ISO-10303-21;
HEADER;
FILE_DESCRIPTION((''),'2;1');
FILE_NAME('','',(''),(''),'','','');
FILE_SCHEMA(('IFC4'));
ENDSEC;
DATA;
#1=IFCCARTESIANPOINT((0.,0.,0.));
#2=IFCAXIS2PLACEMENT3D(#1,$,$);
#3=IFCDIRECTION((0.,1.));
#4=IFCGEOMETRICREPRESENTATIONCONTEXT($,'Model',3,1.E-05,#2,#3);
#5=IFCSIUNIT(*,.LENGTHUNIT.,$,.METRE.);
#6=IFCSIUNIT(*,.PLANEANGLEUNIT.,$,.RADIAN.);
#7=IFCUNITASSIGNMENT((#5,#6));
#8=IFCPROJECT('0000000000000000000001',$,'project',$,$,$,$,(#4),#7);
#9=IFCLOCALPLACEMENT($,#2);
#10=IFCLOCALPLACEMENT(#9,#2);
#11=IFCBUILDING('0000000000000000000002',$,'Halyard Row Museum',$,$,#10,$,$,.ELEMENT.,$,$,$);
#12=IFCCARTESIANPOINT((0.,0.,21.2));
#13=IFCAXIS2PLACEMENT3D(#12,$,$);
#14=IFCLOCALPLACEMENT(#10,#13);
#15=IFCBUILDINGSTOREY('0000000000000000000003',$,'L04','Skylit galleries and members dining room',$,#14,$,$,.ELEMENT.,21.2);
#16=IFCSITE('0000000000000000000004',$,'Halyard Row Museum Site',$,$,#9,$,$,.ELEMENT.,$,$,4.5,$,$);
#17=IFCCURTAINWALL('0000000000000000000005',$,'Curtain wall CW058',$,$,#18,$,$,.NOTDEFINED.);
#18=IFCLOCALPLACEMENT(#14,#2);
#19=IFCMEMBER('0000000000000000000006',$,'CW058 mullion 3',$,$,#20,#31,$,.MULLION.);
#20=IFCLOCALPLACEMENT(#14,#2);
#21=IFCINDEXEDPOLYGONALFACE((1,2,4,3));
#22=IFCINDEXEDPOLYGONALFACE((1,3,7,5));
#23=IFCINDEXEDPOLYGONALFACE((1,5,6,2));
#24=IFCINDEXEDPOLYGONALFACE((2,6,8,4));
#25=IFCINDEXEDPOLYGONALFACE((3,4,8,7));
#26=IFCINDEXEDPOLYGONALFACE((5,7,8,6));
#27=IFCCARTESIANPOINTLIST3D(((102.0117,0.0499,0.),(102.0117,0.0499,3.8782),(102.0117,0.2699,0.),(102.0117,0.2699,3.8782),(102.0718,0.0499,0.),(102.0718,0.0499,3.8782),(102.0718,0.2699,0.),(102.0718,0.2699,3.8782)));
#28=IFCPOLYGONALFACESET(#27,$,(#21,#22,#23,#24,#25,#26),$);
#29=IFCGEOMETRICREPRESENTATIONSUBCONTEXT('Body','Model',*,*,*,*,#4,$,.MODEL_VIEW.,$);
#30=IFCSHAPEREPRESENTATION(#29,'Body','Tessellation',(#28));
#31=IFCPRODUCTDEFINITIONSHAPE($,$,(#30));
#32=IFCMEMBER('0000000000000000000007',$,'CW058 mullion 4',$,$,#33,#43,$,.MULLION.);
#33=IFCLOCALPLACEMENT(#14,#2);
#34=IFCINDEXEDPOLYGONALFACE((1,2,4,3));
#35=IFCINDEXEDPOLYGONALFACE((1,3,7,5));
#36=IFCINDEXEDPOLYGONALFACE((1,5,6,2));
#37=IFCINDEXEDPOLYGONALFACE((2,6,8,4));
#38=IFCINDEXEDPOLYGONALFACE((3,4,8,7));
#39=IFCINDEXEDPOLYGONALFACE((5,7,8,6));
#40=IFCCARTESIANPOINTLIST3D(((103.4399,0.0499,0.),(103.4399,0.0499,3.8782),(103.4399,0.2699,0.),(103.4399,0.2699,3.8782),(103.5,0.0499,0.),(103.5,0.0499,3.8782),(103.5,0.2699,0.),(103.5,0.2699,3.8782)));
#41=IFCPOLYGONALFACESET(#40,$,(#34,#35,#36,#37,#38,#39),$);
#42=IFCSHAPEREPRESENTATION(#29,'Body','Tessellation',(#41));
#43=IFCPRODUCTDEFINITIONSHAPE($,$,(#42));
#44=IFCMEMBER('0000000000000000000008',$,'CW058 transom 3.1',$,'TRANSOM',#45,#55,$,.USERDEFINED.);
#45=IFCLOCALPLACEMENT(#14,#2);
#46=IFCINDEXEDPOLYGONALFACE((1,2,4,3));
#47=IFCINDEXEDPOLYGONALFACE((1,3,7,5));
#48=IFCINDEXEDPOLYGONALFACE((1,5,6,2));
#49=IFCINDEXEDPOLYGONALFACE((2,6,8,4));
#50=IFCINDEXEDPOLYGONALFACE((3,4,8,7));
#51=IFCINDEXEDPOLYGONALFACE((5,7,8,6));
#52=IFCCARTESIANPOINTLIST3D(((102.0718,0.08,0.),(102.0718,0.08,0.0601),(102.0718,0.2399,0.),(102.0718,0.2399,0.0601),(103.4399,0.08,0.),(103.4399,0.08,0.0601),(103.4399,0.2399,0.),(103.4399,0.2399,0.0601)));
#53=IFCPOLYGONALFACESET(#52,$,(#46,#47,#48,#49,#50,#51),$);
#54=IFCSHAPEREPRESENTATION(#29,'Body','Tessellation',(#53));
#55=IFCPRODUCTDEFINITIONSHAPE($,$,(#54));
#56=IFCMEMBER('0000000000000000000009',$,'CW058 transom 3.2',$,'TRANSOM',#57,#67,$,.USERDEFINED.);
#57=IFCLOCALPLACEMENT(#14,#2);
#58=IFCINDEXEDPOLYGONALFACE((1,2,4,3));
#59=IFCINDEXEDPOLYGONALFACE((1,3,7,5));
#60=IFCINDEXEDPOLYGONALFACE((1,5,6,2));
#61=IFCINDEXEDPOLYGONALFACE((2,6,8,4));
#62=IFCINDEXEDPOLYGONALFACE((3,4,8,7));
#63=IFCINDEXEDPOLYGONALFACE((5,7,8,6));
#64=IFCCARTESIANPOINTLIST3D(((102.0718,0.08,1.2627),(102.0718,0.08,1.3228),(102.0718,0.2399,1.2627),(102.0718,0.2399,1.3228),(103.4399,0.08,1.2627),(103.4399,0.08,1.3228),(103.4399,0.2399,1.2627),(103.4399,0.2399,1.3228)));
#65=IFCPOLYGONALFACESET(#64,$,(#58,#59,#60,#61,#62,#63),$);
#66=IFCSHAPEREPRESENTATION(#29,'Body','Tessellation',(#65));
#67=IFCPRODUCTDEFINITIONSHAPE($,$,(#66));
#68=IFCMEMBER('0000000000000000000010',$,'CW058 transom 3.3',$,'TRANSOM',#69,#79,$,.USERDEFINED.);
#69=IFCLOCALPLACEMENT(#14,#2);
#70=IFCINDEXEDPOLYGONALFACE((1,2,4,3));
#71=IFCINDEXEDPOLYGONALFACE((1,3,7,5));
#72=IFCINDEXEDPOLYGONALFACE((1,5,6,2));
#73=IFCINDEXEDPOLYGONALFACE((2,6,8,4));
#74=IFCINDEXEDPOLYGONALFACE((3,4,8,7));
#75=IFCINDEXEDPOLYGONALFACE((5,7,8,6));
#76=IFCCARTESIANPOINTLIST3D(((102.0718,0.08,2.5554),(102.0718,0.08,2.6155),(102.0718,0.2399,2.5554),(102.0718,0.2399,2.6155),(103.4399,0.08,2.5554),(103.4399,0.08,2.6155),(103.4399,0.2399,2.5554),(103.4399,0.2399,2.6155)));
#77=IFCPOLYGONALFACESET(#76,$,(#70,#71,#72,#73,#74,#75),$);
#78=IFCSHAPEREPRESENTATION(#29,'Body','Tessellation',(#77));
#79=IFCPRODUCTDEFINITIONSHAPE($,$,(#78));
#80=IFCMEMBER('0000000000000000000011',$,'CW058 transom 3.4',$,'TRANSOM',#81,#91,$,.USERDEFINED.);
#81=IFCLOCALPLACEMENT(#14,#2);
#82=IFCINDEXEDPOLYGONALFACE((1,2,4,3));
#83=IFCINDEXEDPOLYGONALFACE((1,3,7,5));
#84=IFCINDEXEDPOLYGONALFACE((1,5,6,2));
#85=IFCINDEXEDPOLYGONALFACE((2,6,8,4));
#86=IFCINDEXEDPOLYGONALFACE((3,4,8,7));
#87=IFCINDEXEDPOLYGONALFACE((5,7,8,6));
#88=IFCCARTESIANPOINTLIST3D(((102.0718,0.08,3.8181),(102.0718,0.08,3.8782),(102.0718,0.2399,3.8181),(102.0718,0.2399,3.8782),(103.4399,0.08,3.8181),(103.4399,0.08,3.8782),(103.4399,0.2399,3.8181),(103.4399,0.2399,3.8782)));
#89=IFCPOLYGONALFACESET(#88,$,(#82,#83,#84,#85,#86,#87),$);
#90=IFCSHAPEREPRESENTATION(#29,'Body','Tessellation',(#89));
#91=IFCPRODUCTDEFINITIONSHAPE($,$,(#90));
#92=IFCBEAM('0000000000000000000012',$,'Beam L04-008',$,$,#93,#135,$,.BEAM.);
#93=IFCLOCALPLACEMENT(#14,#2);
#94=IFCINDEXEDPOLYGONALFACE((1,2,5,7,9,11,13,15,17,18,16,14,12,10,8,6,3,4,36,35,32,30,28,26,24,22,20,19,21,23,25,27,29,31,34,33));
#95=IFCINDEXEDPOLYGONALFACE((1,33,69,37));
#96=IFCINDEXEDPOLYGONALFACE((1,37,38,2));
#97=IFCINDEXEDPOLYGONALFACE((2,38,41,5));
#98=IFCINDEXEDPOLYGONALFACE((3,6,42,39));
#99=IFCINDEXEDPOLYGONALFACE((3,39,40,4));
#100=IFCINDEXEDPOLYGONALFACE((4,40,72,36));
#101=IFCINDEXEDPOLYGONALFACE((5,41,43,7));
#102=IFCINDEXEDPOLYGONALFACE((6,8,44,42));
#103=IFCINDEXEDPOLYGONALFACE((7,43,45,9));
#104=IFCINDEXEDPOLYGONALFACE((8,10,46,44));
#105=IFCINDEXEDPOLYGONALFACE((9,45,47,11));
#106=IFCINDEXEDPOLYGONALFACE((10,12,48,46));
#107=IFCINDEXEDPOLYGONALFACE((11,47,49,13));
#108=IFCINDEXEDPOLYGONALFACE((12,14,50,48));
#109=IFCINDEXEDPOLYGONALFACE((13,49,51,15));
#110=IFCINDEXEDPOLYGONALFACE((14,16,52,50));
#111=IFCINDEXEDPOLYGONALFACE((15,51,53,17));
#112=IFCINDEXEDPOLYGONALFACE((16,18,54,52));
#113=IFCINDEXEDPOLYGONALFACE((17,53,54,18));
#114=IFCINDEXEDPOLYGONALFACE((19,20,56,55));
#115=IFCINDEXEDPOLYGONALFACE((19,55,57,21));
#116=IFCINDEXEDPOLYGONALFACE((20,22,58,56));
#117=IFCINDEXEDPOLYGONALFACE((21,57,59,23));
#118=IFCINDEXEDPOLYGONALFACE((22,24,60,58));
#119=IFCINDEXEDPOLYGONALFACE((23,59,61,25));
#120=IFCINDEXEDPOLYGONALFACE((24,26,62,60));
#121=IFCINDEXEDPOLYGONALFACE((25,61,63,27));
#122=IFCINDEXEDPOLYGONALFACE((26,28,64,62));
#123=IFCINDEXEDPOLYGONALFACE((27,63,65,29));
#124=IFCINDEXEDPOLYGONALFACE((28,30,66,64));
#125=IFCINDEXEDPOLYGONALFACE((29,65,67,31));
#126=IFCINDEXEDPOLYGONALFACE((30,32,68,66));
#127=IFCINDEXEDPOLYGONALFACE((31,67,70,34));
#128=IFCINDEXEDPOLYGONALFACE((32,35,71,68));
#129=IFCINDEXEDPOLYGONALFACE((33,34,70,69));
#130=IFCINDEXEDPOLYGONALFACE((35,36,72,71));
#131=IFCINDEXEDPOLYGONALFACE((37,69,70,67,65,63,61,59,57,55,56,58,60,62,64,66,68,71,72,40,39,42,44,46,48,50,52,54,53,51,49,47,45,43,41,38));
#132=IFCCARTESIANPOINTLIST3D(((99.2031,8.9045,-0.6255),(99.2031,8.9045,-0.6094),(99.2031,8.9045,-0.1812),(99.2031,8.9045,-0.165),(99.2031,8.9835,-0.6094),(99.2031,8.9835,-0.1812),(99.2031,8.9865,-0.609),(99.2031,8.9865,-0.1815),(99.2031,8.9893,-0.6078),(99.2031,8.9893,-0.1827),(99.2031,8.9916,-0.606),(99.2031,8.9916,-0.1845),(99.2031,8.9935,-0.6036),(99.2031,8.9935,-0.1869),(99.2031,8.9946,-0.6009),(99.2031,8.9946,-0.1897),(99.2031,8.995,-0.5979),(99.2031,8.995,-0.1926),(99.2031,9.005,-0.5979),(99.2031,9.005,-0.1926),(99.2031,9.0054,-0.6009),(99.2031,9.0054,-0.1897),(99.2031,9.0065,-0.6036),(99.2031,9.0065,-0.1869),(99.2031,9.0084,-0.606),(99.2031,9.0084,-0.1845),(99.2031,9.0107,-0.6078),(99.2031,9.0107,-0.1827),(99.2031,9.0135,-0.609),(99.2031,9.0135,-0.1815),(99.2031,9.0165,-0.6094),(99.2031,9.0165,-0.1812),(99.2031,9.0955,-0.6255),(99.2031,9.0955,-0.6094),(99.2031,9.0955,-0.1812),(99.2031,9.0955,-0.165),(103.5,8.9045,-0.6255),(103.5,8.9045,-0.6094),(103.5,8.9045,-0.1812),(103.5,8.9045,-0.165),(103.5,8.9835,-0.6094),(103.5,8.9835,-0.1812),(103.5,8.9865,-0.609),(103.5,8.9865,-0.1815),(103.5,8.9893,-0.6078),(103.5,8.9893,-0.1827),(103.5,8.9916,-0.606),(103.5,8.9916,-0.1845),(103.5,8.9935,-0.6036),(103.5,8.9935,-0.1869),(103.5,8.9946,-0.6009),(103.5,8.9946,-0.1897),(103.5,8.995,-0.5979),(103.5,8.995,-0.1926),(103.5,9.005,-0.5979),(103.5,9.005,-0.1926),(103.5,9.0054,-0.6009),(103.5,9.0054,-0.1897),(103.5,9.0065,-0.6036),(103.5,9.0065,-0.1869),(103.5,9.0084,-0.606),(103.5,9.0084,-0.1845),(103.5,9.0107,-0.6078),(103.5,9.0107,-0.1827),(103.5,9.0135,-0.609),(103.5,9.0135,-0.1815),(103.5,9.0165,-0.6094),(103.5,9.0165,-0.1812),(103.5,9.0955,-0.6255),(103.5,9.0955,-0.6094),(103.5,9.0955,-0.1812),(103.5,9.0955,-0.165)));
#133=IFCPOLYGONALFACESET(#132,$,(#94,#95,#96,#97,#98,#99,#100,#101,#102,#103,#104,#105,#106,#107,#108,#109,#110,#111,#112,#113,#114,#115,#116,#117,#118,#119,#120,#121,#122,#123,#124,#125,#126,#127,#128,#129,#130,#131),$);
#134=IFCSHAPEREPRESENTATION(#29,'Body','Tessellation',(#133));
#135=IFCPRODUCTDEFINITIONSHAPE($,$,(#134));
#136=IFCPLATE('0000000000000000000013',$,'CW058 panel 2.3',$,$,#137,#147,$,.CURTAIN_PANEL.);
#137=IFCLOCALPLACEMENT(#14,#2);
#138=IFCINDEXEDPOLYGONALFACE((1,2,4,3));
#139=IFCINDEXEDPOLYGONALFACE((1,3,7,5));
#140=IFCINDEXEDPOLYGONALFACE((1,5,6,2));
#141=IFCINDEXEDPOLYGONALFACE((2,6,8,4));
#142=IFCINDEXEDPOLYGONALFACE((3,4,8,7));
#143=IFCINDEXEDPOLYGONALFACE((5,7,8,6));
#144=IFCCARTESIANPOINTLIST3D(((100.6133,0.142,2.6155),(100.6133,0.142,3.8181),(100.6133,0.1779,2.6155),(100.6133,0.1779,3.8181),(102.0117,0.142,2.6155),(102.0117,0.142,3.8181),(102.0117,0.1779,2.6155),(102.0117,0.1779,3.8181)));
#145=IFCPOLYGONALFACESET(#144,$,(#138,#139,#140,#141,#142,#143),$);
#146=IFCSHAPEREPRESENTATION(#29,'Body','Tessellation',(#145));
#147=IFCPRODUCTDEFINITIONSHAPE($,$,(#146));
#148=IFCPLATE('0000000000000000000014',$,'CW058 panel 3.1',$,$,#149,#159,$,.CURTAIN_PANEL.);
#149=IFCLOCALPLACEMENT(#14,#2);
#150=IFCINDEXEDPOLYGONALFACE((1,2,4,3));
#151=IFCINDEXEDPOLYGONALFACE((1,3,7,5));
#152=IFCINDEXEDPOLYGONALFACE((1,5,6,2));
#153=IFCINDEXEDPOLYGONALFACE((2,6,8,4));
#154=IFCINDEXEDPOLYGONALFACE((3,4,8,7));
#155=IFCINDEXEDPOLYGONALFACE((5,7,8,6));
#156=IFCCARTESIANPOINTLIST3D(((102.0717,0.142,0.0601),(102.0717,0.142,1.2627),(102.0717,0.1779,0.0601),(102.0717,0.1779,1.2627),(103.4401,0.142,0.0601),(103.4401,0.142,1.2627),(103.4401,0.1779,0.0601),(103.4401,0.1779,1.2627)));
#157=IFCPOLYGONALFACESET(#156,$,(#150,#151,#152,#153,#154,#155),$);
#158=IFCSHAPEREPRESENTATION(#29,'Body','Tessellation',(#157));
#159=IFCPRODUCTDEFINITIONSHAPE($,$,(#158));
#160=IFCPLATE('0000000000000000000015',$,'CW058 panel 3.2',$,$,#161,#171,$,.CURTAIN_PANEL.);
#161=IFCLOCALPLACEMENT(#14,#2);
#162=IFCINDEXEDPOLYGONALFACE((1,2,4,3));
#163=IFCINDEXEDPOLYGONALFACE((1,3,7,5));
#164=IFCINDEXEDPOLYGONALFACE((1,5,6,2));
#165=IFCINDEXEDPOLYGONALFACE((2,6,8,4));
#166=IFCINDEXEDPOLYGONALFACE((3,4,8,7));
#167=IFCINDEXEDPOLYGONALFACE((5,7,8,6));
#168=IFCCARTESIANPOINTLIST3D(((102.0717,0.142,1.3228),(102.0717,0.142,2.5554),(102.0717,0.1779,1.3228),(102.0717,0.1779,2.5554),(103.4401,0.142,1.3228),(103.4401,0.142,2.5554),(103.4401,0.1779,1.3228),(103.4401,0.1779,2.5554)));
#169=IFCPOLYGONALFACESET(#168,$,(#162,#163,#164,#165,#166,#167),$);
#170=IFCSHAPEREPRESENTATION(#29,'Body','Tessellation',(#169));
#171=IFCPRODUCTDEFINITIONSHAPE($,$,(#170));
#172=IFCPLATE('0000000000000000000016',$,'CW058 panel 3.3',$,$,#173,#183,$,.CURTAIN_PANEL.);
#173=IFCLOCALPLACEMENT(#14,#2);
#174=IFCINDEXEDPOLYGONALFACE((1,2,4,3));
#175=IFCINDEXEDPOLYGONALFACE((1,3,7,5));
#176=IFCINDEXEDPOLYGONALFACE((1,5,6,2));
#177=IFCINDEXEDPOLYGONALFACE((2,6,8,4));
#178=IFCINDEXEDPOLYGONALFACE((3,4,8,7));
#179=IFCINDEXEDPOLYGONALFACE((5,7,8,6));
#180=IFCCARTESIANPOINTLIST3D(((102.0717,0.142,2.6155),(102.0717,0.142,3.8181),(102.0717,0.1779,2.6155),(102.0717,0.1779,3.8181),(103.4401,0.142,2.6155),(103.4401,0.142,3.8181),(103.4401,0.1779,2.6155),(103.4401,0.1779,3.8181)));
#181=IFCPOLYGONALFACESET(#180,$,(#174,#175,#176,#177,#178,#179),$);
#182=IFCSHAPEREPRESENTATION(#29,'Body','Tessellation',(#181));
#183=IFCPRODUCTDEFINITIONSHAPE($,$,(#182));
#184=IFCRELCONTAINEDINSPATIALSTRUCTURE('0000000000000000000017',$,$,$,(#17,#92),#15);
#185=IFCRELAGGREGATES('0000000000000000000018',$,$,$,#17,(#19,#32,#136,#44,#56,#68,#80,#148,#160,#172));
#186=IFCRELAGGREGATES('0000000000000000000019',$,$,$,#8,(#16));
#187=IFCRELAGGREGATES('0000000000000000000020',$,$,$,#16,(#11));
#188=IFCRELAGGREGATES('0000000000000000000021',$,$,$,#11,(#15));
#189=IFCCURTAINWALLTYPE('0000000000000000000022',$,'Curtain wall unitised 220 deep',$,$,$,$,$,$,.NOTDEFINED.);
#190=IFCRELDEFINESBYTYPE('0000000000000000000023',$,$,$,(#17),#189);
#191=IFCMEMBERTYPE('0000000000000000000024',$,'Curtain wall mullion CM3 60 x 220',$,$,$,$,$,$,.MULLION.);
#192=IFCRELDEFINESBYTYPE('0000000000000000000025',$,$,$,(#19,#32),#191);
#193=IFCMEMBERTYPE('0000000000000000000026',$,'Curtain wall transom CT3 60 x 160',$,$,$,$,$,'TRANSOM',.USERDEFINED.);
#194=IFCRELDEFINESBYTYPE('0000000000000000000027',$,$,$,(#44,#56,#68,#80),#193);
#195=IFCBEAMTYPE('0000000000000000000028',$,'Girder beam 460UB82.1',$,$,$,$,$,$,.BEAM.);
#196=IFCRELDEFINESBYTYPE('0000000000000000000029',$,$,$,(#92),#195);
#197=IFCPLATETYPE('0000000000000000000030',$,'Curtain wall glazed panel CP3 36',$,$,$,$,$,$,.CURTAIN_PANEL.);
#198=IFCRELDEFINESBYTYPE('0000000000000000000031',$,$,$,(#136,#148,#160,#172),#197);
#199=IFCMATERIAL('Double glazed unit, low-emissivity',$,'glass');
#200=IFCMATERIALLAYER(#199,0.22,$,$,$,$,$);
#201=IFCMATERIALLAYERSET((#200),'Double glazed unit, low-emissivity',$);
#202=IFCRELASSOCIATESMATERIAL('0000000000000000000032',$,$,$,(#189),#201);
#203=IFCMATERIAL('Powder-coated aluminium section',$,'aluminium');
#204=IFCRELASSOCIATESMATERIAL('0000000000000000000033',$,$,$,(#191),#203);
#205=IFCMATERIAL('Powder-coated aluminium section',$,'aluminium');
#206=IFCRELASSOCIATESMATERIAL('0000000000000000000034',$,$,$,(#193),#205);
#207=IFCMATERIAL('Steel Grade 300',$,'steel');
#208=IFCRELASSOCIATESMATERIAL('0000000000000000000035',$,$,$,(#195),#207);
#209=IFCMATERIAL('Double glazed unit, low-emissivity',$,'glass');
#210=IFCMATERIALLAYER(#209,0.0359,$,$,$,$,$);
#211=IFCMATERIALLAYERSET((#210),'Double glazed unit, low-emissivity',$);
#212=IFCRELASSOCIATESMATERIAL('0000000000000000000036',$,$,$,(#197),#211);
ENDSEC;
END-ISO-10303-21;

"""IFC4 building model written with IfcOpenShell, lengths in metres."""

from ifc_helpers import new_model, si_unit, direction, frame, origin, origin_2d, place, context, subcontext, project, spatial, rectangle, i_section, extrude, material, layer, layer_set, material_profile, profile_set, type_object, element, aggregate, save


model = new_model("IFC4")

# Units and contexts
model_context = context("Model", 3, precision=1e-05, world=origin(), true_north=direction((0.0, 1.0)))
body_context = subcontext(model_context, "Body", "Model", "MODEL_VIEW")
ifc_project = project(units=[si_unit("LENGTHUNIT", "METRE"), si_unit("PLANEANGLEUNIT", "RADIAN")], contexts=[model_context])

# Site, building, storey
site_placement = place(None, origin())
site = spatial("IfcSite", under=ifc_project, at=site_placement, Name="Halyard Row Museum Site", CompositionType="ELEMENT", RefElevation=4.5)
building_placement = place(site_placement, origin())
building = spatial("IfcBuilding", under=site, at=building_placement, Name="Halyard Row Museum", CompositionType="ELEMENT")
storey_placement = place(building_placement, frame((0.0, 0.0, 21.2)))
storey = spatial("IfcBuildingStorey", under=building, at=storey_placement, Name="L04", Description="Skylit galleries and members dining room", CompositionType="ELEMENT", Elevation=21.2)

# Curtain wall, members
ifc_material_1 = material(Name="Double glazed unit, low-emissivity", Category="glass")
ifc_layer_1 = layer(ifc_material_1, 0.22)
ifc_layer_set_1 = layer_set([ifc_layer_1], Name="Double glazed unit, low-emissivity")
curtain_wall_type = type_object("IfcCurtainWallType", Name="Curtain wall unitised 220 deep", PredefinedType="NOTDEFINED", material=ifc_layer_set_1)
curtain_wall_placement = place(storey_placement, origin())
curtain_wall = element("IfcCurtainWall", 1, at=curtain_wall_placement, inside=storey, type_object=curtain_wall_type, Name="Curtain wall CW058", PredefinedType="NOTDEFINED")
ifc_material_2 = material(Name="Powder-coated aluminium section", Category="aluminium")
ifc_material_profile_1 = material_profile(ifc_material_2, rectangle(XDim=0.22, YDim=0.0601, at=origin_2d()), Name="220x60 mullion")
ifc_profile_set_1 = profile_set([ifc_material_profile_1], Name="Powder-coated aluminium section")
member_type_1 = type_object("IfcMemberType", Name="Curtain wall mullion CM3 60 x 220", PredefinedType="MULLION", material=ifc_profile_set_1)
member_1_placement = place(storey_placement, frame((102.0417, 0.1599, 0.0), z_axis=(0.0, 0.0, 1.0), x_axis=(0.0, 1.0, 0.0)))
member_1 = element("IfcMember", 2, at=member_1_placement, type_object=member_type_1, Name="CW058 mullion 3", PredefinedType="MULLION", context=body_context, shape_type="SweptSolid", body=[
    extrude(rectangle(XDim=0.22, YDim=0.0601, at=origin_2d()), origin(), (0.0, 0.0, 1.0), 3.8782),
])
member_2_placement = place(storey_placement, frame((103.47, 0.1599, 0.0), z_axis=(0.0, 0.0, 1.0), x_axis=(0.0, 1.0, 0.0)))
member_2 = element("IfcMember", 3, at=member_2_placement, type_object=member_type_1, Name="CW058 mullion 4", PredefinedType="MULLION", context=body_context, shape_type="SweptSolid", body=[
    extrude(rectangle(XDim=0.22, YDim=0.0601, at=origin_2d()), origin(), (0.0, 0.0, 1.0), 3.8782),
])
ifc_material_3 = material(Name="Powder-coated aluminium section", Category="aluminium")
ifc_material_profile_2 = material_profile(ifc_material_3, rectangle(XDim=0.1599, YDim=0.0601, at=origin_2d()), Name="160x60 transom")
ifc_profile_set_2 = profile_set([ifc_material_profile_2], Name="Powder-coated aluminium section")
member_type_2 = type_object("IfcMemberType", Name="Curtain wall transom CT3 60 x 160", ElementType="TRANSOM", PredefinedType="USERDEFINED", material=ifc_profile_set_2)
member_3_placement = place(storey_placement, frame((102.0718, 0.1599, 0.03), z_axis=(1.0, 0.0, 0.0), x_axis=(0.0, 1.0, 0.0)))
member_3 = element("IfcMember", 4, at=member_3_placement, type_object=member_type_2, Name="CW058 transom 3.1", ObjectType="TRANSOM", PredefinedType="USERDEFINED", context=body_context, shape_type="SweptSolid", body=[
    extrude(rectangle(XDim=0.1599, YDim=0.0601, at=origin_2d()), origin(), (0.0, 0.0, 1.0), 1.3682),
])
member_4_placement = place(storey_placement, frame((102.0718, 0.1599, 1.2927), z_axis=(1.0, 0.0, 0.0), x_axis=(0.0, 1.0, 0.0)))
member_4 = element("IfcMember", 5, at=member_4_placement, type_object=member_type_2, Name="CW058 transom 3.2", ObjectType="TRANSOM", PredefinedType="USERDEFINED", context=body_context, shape_type="SweptSolid", body=[
    extrude(rectangle(XDim=0.1599, YDim=0.0601, at=origin_2d()), origin(), (0.0, 0.0, 1.0), 1.3682),
])
member_5_placement = place(storey_placement, frame((102.0718, 0.1599, 2.5854), z_axis=(1.0, 0.0, 0.0), x_axis=(0.0, 1.0, 0.0)))
member_5 = element("IfcMember", 6, at=member_5_placement, type_object=member_type_2, Name="CW058 transom 3.3", ObjectType="TRANSOM", PredefinedType="USERDEFINED", context=body_context, shape_type="SweptSolid", body=[
    extrude(rectangle(XDim=0.1599, YDim=0.0601, at=origin_2d()), origin(), (0.0, 0.0, 1.0), 1.3682),
])
member_6_placement = place(storey_placement, frame((102.0718, 0.1599, 3.8481), z_axis=(1.0, 0.0, 0.0), x_axis=(0.0, 1.0, 0.0)))
member_6 = element("IfcMember", 7, at=member_6_placement, type_object=member_type_2, Name="CW058 transom 3.4", ObjectType="TRANSOM", PredefinedType="USERDEFINED", context=body_context, shape_type="SweptSolid", body=[
    extrude(rectangle(XDim=0.1599, YDim=0.0601, at=origin_2d()), origin(), (0.0, 0.0, 1.0), 1.3682),
])

# Beam
ifc_material_4 = material(Name="Steel Grade 300", Category="steel")
ifc_material_profile_3 = material_profile(ifc_material_4, i_section(OverallWidth=0.1909, OverallDepth=0.4604, WebThickness=0.01, FlangeThickness=0.0161, FilletRadius=0.0115, at=origin_2d()), Name="460UB82.1")
ifc_profile_set_3 = profile_set([ifc_material_profile_3], Name="Steel Grade 300")
beam_type = type_object("IfcBeamType", Name="Girder beam 460UB82.1", PredefinedType="BEAM", material=ifc_profile_set_3)
beam_placement = place(storey_placement, frame((99.2031, 9.0, -0.3953), z_axis=(1.0, 0.0, 0.0), x_axis=(0.0, 1.0, 0.0)))
element("IfcBeam", 8, at=beam_placement, inside=storey, type_object=beam_type, Name="Beam L04-008", PredefinedType="BEAM", context=body_context, shape_type="SweptSolid", body=[
    extrude(i_section(OverallWidth=0.1909, OverallDepth=0.4604, WebThickness=0.01, FlangeThickness=0.0161, FilletRadius=0.0115, at=origin_2d()), origin(), (0.0, 0.0, 1.0), 4.2969),
])

# Plates
ifc_material_5 = material(Name="Double glazed unit, low-emissivity", Category="glass")
ifc_layer_2 = layer(ifc_material_5, 0.0359)
ifc_layer_set_2 = layer_set([ifc_layer_2], Name="Double glazed unit, low-emissivity")
plate_type = type_object("IfcPlateType", Name="Curtain wall glazed panel CP3 36", PredefinedType="CURTAIN_PANEL", material=ifc_layer_set_2)
plate_1_placement = place(storey_placement, frame((101.3125, 0.1599, 2.6155), z_axis=(0.0, 0.0, 1.0), x_axis=(1.0, 0.0, 0.0)))
plate_1 = element("IfcPlate", 9, at=plate_1_placement, type_object=plate_type, Name="CW058 panel 2.3", PredefinedType="CURTAIN_PANEL", context=body_context, shape_type="SweptSolid", body=[
    extrude(rectangle(XDim=1.3984, YDim=0.0359, at=origin_2d()), origin(), (0.0, 0.0, 1.0), 1.2026),
])
plate_2_placement = place(storey_placement, frame((102.7559, 0.1599, 0.0601), z_axis=(0.0, 0.0, 1.0), x_axis=(1.0, 0.0, 0.0)))
plate_2 = element("IfcPlate", 10, at=plate_2_placement, type_object=plate_type, Name="CW058 panel 3.1", PredefinedType="CURTAIN_PANEL", context=body_context, shape_type="SweptSolid", body=[
    extrude(rectangle(XDim=1.3684, YDim=0.0359, at=origin_2d()), origin(), (0.0, 0.0, 1.0), 1.2026),
])
plate_3_placement = place(storey_placement, frame((102.7559, 0.1599, 1.3228), z_axis=(0.0, 0.0, 1.0), x_axis=(1.0, 0.0, 0.0)))
plate_3 = element("IfcPlate", 11, at=plate_3_placement, type_object=plate_type, Name="CW058 panel 3.2", PredefinedType="CURTAIN_PANEL", context=body_context, shape_type="SweptSolid", body=[
    extrude(rectangle(XDim=1.3684, YDim=0.0359, at=origin_2d()), origin(), (0.0, 0.0, 1.0), 1.2327),
])
plate_4_placement = place(storey_placement, frame((102.7559, 0.1599, 2.6155), z_axis=(0.0, 0.0, 1.0), x_axis=(1.0, 0.0, 0.0)))
plate_4 = element("IfcPlate", 12, at=plate_4_placement, type_object=plate_type, Name="CW058 panel 3.3", PredefinedType="CURTAIN_PANEL", context=body_context, shape_type="SweptSolid", body=[
    extrude(rectangle(XDim=1.3684, YDim=0.0359, at=origin_2d()), origin(), (0.0, 0.0, 1.0), 1.2026),
])
aggregate(curtain_wall, [member_1, member_2, plate_1, member_3, member_4, member_5, member_6, plate_2, plate_3, plate_4])

save(model, "model.ifc")
